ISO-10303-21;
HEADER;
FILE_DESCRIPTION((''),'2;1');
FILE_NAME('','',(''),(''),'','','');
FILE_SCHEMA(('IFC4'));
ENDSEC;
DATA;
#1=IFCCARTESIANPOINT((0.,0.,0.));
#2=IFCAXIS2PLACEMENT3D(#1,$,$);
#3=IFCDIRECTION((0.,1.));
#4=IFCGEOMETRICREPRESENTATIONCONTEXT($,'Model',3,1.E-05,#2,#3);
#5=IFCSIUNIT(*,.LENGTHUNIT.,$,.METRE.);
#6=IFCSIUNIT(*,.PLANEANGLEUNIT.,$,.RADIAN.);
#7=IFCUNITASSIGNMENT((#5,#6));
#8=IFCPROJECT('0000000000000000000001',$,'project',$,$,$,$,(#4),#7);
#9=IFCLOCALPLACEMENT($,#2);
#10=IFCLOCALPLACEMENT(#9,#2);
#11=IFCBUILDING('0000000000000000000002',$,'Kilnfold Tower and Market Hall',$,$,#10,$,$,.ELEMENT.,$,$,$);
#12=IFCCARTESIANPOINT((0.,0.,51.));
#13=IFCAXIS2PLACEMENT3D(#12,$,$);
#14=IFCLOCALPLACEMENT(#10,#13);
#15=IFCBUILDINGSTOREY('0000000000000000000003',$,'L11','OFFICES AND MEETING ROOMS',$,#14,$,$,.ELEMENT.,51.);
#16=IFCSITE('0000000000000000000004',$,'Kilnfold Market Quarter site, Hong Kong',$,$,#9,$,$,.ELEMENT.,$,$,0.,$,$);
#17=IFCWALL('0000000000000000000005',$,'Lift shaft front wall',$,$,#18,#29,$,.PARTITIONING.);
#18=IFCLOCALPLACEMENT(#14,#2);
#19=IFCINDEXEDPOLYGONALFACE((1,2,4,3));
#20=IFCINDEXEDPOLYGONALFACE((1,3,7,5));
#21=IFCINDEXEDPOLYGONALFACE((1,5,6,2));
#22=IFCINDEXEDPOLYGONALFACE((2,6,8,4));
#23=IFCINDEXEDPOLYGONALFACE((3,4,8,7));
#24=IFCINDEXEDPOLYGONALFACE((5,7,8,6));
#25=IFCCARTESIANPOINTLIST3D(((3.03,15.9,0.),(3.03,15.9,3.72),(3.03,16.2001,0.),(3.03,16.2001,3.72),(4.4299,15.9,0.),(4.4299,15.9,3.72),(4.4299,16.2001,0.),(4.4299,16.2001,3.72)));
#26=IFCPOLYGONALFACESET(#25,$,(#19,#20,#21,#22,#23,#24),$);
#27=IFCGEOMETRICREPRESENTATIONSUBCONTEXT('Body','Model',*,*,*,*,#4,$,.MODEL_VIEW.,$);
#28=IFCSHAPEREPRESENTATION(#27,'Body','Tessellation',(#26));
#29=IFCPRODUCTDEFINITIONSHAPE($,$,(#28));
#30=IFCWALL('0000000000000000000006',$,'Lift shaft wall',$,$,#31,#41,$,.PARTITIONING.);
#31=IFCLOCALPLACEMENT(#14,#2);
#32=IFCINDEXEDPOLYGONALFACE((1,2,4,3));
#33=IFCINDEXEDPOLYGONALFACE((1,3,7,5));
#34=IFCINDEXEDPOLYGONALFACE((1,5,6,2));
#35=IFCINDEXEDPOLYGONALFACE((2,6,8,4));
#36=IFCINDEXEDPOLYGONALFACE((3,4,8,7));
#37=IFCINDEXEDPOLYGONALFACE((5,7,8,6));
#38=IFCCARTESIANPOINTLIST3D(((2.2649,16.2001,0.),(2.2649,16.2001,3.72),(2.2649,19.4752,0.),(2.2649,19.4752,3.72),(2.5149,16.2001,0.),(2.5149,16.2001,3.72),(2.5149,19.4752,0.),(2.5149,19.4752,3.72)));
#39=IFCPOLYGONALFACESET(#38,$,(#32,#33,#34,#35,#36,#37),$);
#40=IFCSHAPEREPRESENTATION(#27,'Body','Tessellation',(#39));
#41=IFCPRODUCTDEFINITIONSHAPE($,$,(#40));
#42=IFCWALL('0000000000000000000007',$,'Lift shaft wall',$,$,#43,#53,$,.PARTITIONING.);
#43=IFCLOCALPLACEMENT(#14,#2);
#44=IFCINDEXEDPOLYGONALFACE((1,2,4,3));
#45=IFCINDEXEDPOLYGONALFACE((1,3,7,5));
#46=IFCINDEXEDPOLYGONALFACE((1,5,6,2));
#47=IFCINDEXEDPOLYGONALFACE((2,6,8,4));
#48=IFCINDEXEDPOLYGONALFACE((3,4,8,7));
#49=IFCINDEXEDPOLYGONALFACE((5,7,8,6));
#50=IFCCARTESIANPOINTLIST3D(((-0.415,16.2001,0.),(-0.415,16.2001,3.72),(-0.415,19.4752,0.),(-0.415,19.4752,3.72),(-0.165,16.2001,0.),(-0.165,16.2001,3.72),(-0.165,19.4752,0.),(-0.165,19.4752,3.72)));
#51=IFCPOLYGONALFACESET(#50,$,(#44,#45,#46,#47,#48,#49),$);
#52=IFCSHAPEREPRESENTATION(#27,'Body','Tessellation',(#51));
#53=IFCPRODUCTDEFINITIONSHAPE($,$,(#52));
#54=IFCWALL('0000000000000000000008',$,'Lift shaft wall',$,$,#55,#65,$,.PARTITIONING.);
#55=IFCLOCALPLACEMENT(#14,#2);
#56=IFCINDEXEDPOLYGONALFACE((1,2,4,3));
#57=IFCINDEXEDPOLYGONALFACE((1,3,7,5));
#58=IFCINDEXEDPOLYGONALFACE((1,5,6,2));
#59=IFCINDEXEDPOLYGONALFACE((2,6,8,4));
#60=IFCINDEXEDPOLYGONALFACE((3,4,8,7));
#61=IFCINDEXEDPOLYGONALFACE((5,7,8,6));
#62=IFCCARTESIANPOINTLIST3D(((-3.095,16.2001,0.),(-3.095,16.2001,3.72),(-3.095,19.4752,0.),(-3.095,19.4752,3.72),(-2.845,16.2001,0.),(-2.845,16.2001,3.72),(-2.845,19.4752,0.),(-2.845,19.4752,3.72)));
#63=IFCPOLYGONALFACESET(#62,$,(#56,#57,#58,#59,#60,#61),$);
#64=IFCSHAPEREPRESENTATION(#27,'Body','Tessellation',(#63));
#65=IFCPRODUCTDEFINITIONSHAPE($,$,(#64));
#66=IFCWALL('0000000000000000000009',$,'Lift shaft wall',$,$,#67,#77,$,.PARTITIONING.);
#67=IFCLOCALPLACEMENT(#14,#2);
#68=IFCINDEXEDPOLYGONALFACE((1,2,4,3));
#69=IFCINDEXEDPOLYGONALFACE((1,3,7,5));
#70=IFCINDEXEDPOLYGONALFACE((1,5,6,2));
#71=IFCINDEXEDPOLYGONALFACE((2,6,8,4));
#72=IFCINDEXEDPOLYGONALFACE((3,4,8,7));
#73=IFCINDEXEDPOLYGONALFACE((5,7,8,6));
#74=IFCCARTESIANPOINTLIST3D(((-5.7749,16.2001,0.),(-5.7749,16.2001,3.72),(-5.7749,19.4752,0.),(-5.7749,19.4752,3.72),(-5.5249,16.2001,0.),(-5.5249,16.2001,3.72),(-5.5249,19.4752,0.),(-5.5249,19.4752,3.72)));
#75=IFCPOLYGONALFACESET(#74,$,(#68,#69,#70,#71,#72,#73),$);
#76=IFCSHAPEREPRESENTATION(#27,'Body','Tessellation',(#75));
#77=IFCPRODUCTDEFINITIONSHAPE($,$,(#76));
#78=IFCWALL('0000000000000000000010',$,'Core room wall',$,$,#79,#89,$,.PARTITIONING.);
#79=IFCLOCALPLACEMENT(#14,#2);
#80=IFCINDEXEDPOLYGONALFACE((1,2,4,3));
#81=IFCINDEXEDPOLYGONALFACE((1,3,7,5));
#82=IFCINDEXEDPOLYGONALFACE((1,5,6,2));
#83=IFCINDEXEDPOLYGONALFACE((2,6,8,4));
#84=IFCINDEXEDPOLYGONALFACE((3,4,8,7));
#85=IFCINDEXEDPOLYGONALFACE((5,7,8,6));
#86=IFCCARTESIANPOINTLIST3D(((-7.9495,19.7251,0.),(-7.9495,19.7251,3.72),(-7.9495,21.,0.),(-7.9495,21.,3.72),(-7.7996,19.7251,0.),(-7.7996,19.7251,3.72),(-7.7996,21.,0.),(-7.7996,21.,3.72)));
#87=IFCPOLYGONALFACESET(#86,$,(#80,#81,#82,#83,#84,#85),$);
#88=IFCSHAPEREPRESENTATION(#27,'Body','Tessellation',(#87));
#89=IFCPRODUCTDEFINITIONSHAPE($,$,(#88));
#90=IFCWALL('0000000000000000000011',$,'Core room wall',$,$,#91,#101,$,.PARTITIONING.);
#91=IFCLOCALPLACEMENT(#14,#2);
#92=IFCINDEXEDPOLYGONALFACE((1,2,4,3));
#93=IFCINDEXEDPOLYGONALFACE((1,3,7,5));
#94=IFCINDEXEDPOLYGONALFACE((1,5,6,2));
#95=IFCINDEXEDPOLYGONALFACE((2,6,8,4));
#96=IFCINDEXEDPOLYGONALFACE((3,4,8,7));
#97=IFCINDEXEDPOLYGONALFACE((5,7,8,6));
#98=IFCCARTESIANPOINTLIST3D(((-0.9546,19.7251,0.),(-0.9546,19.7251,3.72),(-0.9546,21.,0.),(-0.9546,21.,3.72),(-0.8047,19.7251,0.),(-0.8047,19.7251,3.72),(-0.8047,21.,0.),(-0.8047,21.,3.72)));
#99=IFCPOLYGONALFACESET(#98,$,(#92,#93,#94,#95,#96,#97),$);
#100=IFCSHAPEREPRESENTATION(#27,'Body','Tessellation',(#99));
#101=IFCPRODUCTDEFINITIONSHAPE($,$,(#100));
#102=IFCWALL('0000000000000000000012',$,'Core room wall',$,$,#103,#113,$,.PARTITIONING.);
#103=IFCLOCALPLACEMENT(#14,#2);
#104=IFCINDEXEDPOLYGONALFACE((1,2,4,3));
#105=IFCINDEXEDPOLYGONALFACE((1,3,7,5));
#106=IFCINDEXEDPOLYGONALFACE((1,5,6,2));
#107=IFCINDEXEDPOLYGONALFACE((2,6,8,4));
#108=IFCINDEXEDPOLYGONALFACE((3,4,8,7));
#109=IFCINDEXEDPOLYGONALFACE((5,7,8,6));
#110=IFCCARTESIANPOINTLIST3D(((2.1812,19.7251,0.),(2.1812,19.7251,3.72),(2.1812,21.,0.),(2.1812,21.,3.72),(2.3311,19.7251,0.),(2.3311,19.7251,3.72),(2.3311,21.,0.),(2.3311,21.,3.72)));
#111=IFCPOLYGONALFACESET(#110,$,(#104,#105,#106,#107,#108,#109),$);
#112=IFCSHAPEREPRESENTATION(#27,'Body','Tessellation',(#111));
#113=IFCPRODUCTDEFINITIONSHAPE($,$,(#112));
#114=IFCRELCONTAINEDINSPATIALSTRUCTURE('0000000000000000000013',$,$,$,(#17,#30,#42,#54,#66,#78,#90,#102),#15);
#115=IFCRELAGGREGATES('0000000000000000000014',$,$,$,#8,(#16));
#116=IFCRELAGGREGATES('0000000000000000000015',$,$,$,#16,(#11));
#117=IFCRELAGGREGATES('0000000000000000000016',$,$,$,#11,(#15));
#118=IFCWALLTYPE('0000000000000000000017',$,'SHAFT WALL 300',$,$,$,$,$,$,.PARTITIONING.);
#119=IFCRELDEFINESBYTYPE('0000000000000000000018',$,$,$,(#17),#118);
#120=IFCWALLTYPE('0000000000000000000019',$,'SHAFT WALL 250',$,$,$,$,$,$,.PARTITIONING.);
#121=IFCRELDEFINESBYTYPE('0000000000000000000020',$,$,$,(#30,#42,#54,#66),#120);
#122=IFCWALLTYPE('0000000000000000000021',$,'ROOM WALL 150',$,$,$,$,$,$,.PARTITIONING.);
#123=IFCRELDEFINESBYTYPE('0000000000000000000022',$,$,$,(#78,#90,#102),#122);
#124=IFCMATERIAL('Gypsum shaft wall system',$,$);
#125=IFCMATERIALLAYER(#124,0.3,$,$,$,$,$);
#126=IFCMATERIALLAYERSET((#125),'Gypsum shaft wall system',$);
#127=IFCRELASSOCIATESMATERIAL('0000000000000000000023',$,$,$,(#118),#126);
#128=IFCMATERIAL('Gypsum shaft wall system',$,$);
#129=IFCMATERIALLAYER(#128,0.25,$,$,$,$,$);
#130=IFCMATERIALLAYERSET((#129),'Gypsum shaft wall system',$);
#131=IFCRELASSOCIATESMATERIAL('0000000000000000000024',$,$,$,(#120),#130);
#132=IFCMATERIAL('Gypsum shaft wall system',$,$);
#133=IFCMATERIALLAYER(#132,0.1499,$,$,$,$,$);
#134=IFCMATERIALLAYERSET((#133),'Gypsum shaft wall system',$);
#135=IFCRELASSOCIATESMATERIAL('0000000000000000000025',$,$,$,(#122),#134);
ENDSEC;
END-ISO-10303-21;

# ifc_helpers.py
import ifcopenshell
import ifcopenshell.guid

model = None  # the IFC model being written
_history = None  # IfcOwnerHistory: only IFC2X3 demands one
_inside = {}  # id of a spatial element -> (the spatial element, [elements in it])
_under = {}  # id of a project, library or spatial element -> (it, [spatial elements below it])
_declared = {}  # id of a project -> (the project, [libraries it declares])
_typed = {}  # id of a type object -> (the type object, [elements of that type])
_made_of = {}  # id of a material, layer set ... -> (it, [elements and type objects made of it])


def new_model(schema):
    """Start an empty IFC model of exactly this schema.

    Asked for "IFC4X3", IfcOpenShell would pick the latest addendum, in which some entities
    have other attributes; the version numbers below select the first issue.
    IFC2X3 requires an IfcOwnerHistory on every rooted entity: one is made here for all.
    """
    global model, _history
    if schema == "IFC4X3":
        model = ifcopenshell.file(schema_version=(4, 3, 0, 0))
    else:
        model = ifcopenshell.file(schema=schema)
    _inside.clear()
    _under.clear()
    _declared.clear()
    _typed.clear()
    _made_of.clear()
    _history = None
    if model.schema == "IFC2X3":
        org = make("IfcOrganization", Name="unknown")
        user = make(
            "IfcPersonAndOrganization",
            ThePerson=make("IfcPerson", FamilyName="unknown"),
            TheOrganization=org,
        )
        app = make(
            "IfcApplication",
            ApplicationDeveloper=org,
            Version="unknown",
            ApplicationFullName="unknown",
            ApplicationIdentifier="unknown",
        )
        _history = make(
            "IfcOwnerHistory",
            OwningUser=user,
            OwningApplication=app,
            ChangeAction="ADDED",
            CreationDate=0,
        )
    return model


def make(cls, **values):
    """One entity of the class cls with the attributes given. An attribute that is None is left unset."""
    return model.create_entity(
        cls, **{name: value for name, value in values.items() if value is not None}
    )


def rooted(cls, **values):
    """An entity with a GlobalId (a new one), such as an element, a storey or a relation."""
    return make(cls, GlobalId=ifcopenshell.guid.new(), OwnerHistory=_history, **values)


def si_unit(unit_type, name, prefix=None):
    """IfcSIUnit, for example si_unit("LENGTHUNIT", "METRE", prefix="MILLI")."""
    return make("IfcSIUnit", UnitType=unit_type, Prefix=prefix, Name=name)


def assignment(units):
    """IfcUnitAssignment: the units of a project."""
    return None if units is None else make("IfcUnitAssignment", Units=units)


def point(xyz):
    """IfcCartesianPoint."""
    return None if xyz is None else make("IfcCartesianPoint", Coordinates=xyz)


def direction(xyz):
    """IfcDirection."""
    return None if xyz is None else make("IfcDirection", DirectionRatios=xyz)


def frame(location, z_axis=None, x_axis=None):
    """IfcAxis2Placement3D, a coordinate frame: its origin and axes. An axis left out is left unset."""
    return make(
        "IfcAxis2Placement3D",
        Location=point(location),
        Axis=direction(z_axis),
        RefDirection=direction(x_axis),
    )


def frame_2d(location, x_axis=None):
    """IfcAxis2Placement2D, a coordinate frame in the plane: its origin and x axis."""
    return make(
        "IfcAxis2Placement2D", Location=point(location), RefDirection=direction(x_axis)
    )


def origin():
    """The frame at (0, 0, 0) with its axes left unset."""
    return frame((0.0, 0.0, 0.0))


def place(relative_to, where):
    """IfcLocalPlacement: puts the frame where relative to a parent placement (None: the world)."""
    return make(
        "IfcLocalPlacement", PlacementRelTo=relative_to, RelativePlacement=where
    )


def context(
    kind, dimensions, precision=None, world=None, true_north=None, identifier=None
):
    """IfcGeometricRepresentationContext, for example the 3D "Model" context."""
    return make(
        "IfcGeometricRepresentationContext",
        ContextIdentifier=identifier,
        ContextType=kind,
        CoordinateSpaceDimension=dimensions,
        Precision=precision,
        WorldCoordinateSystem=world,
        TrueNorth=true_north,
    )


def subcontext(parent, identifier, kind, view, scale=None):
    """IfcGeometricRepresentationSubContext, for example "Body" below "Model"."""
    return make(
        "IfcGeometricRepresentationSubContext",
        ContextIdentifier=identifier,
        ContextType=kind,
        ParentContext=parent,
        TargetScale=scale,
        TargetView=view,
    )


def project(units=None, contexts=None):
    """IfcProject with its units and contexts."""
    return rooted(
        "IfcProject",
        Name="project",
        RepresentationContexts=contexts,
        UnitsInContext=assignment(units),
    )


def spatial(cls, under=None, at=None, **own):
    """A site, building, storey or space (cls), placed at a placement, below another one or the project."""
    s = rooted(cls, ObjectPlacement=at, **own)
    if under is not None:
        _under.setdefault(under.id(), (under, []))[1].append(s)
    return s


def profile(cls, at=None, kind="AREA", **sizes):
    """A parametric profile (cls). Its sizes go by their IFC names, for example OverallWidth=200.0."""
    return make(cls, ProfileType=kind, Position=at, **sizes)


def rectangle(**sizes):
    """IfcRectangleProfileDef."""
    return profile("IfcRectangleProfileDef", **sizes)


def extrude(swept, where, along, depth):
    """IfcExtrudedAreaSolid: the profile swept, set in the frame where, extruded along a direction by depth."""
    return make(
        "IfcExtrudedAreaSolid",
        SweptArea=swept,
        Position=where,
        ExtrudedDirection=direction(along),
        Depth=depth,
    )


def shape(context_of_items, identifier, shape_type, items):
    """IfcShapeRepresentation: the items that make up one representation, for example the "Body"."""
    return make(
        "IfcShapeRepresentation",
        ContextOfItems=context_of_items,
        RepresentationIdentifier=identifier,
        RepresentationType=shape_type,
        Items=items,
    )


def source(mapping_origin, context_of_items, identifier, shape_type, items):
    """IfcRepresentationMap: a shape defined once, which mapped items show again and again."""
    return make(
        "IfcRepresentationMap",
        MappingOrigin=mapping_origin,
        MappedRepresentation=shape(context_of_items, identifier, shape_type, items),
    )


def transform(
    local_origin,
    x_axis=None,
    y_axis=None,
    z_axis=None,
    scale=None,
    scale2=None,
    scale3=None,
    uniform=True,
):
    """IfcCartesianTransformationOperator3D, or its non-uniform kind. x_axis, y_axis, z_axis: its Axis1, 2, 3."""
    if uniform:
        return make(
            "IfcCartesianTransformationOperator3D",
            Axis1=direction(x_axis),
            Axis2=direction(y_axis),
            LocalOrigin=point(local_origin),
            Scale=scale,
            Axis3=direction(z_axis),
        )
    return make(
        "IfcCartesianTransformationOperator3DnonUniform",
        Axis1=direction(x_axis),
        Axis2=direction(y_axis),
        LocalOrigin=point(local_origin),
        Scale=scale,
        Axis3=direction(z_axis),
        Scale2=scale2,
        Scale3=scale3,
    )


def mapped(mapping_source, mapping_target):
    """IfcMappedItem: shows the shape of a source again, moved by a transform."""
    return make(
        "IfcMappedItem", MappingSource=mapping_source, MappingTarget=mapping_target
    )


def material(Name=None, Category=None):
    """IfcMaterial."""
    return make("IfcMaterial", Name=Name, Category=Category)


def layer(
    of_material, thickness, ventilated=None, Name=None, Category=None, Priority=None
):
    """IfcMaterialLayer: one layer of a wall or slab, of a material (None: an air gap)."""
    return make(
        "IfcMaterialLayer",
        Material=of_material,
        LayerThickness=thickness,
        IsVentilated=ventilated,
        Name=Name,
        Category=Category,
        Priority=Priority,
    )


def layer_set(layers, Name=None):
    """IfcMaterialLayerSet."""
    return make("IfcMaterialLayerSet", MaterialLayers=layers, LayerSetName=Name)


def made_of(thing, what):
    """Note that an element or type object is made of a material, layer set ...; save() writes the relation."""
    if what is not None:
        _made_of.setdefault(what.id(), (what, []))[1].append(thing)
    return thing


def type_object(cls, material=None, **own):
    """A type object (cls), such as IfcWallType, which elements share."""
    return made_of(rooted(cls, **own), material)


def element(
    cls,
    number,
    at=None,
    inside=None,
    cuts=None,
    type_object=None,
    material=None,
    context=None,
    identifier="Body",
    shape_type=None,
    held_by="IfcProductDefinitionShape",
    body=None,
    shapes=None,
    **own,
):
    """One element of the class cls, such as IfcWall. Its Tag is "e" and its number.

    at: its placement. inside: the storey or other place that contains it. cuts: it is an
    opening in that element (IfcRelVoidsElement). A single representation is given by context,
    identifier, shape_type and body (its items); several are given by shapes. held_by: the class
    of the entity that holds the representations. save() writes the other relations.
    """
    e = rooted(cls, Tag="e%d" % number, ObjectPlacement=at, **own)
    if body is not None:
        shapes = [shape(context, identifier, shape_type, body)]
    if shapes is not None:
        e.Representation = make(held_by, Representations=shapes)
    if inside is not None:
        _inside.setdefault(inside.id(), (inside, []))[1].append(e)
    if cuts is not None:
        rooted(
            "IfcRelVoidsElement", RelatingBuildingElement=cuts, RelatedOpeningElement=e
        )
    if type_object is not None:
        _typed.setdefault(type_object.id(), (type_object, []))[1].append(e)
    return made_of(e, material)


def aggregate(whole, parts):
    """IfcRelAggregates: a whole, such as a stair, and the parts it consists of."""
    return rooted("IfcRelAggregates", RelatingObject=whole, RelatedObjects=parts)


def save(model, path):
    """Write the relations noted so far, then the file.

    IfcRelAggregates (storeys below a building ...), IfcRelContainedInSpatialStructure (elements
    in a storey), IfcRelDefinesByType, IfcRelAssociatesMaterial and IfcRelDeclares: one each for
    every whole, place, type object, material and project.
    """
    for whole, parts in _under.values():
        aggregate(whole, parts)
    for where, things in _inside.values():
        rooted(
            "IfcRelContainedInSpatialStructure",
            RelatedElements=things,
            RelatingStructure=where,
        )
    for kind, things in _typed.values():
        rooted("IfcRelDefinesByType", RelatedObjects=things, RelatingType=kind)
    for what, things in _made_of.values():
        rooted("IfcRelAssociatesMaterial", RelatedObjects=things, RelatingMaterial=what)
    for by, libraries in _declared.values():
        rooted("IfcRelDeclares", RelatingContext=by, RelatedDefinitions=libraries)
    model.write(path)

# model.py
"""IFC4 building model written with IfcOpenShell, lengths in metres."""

from ifc_helpers import new_model, si_unit, direction, frame, frame_2d, origin, place, context, subcontext, project, spatial, rectangle, extrude, source, transform, mapped, material, layer, layer_set, type_object, element, save


model = new_model("IFC4")

# Units and contexts
model_context = context("Model", 3, precision=1e-05, world=origin(), true_north=direction((0.0, 1.0)))
body_context = subcontext(model_context, "Body", "Model", "MODEL_VIEW")
ifc_project = project(units=[si_unit("LENGTHUNIT", "METRE"), si_unit("PLANEANGLEUNIT", "RADIAN")], contexts=[model_context])

# Site, building, storey
site_placement = place(None, origin())
site = spatial("IfcSite", under=ifc_project, at=site_placement, Name="Kilnfold Market Quarter site, Hong Kong", CompositionType="ELEMENT", RefElevation=0.0)
building_placement = place(site_placement, origin())
building = spatial("IfcBuilding", under=site, at=building_placement, Name="Kilnfold Tower and Market Hall", CompositionType="ELEMENT")
storey_placement = place(building_placement, frame((0.0, 0.0, 51.0)))
storey = spatial("IfcBuildingStorey", under=building, at=storey_placement, Name="L11", Description="OFFICES AND MEETING ROOMS", CompositionType="ELEMENT", Elevation=51.0)

# Walls
ifc_material_1 = material(Name="Gypsum shaft wall system")
ifc_layer_1 = layer(ifc_material_1, 0.3)
ifc_layer_set_1 = layer_set([ifc_layer_1], Name="Gypsum shaft wall system")
wall_type_1 = type_object("IfcWallType", Name="SHAFT WALL 300", PredefinedType="PARTITIONING", material=ifc_layer_set_1)
shared_shape_1 = source(origin(), body_context, "Body", "SweptSolid", [
    extrude(rectangle(XDim=1.3999, YDim=0.3, at=frame_2d((0.7, 0.0))), origin(), (0.0, 0.0, 1.0), 3.72),
])
wall_1_placement = place(storey_placement, frame((3.03, 16.05, 0.0), z_axis=(0.0, 0.0, 1.0), x_axis=(1.0, 0.0, 0.0)))
element("IfcWall", 1, at=wall_1_placement, inside=storey, type_object=wall_type_1, Name="Lift shaft front wall", PredefinedType="PARTITIONING", context=body_context, shape_type="MappedRepresentation", body=[
    mapped(shared_shape_1, transform((0.0, 0.0, 0.0))),
])
ifc_material_2 = material(Name="Gypsum shaft wall system")
ifc_layer_2 = layer(ifc_material_2, 0.25)
ifc_layer_set_2 = layer_set([ifc_layer_2], Name="Gypsum shaft wall system")
wall_type_2 = type_object("IfcWallType", Name="SHAFT WALL 250", PredefinedType="PARTITIONING", material=ifc_layer_set_2)
shared_shape_2 = source(origin(), body_context, "Body", "SweptSolid", [
    extrude(rectangle(XDim=3.2751, YDim=0.25, at=frame_2d((1.6377, 0.0))), origin(), (0.0, 0.0, 1.0), 3.72),
])
for number, where, z_axis, x_axis, name in (
    (2, (2.3899, 16.2, 0.0), (0.0, 0.0, 1.0), (0.0, 1.0, 0.0), "Lift shaft wall"),
    (3, (-0.29, 16.2, 0.0), (0.0, 0.0, 1.0), (0.0, 1.0, 0.0), "Lift shaft wall"),
    (4, (-2.97, 16.2, 0.0), (0.0, 0.0, 1.0), (0.0, 1.0, 0.0), "Lift shaft wall"),
    (5, (-5.6499, 16.2, 0.0), (0.0, 0.0, 1.0), (0.0, 1.0, 0.0), "Lift shaft wall"),
):
    element("IfcWall", number, at=place(storey_placement, frame(where, z_axis=z_axis, x_axis=x_axis)), inside=storey, type_object=wall_type_2, Name=name, PredefinedType="PARTITIONING", context=body_context, shape_type="MappedRepresentation", body=[
        mapped(shared_shape_2, transform((0.0, 0.0, 0.0))),
    ])
ifc_material_3 = material(Name="Gypsum shaft wall system")
ifc_layer_3 = layer(ifc_material_3, 0.1499)
ifc_layer_set_3 = layer_set([ifc_layer_3], Name="Gypsum shaft wall system")
wall_type_3 = type_object("IfcWallType", Name="ROOM WALL 150", PredefinedType="PARTITIONING", material=ifc_layer_set_3)
shared_shape_3 = source(origin(), body_context, "Body", "SweptSolid", [
    extrude(rectangle(XDim=1.2749, YDim=0.1499, at=frame_2d((0.6375, 0.0))), origin(), (0.0, 0.0, 1.0), 3.72),
])
for number, where, z_axis, x_axis, name in (
    (6, (-7.8745, 19.7251, 0.0), (0.0, 0.0, 1.0), (0.0, 1.0, 0.0), "Core room wall"),
    (7, (-0.8796, 19.7251, 0.0), (0.0, 0.0, 1.0), (0.0, 1.0, 0.0), "Core room wall"),
    (8, (2.2561, 19.7251, 0.0), (0.0, 0.0, 1.0), (0.0, 1.0, 0.0), "Core room wall"),
):
    element("IfcWall", number, at=place(storey_placement, frame(where, z_axis=z_axis, x_axis=x_axis)), inside=storey, type_object=wall_type_3, Name=name, PredefinedType="PARTITIONING", context=body_context, shape_type="MappedRepresentation", body=[
        mapped(shared_shape_3, transform((0.0, 0.0, 0.0))),
    ])

save(model, "model.ifc")
